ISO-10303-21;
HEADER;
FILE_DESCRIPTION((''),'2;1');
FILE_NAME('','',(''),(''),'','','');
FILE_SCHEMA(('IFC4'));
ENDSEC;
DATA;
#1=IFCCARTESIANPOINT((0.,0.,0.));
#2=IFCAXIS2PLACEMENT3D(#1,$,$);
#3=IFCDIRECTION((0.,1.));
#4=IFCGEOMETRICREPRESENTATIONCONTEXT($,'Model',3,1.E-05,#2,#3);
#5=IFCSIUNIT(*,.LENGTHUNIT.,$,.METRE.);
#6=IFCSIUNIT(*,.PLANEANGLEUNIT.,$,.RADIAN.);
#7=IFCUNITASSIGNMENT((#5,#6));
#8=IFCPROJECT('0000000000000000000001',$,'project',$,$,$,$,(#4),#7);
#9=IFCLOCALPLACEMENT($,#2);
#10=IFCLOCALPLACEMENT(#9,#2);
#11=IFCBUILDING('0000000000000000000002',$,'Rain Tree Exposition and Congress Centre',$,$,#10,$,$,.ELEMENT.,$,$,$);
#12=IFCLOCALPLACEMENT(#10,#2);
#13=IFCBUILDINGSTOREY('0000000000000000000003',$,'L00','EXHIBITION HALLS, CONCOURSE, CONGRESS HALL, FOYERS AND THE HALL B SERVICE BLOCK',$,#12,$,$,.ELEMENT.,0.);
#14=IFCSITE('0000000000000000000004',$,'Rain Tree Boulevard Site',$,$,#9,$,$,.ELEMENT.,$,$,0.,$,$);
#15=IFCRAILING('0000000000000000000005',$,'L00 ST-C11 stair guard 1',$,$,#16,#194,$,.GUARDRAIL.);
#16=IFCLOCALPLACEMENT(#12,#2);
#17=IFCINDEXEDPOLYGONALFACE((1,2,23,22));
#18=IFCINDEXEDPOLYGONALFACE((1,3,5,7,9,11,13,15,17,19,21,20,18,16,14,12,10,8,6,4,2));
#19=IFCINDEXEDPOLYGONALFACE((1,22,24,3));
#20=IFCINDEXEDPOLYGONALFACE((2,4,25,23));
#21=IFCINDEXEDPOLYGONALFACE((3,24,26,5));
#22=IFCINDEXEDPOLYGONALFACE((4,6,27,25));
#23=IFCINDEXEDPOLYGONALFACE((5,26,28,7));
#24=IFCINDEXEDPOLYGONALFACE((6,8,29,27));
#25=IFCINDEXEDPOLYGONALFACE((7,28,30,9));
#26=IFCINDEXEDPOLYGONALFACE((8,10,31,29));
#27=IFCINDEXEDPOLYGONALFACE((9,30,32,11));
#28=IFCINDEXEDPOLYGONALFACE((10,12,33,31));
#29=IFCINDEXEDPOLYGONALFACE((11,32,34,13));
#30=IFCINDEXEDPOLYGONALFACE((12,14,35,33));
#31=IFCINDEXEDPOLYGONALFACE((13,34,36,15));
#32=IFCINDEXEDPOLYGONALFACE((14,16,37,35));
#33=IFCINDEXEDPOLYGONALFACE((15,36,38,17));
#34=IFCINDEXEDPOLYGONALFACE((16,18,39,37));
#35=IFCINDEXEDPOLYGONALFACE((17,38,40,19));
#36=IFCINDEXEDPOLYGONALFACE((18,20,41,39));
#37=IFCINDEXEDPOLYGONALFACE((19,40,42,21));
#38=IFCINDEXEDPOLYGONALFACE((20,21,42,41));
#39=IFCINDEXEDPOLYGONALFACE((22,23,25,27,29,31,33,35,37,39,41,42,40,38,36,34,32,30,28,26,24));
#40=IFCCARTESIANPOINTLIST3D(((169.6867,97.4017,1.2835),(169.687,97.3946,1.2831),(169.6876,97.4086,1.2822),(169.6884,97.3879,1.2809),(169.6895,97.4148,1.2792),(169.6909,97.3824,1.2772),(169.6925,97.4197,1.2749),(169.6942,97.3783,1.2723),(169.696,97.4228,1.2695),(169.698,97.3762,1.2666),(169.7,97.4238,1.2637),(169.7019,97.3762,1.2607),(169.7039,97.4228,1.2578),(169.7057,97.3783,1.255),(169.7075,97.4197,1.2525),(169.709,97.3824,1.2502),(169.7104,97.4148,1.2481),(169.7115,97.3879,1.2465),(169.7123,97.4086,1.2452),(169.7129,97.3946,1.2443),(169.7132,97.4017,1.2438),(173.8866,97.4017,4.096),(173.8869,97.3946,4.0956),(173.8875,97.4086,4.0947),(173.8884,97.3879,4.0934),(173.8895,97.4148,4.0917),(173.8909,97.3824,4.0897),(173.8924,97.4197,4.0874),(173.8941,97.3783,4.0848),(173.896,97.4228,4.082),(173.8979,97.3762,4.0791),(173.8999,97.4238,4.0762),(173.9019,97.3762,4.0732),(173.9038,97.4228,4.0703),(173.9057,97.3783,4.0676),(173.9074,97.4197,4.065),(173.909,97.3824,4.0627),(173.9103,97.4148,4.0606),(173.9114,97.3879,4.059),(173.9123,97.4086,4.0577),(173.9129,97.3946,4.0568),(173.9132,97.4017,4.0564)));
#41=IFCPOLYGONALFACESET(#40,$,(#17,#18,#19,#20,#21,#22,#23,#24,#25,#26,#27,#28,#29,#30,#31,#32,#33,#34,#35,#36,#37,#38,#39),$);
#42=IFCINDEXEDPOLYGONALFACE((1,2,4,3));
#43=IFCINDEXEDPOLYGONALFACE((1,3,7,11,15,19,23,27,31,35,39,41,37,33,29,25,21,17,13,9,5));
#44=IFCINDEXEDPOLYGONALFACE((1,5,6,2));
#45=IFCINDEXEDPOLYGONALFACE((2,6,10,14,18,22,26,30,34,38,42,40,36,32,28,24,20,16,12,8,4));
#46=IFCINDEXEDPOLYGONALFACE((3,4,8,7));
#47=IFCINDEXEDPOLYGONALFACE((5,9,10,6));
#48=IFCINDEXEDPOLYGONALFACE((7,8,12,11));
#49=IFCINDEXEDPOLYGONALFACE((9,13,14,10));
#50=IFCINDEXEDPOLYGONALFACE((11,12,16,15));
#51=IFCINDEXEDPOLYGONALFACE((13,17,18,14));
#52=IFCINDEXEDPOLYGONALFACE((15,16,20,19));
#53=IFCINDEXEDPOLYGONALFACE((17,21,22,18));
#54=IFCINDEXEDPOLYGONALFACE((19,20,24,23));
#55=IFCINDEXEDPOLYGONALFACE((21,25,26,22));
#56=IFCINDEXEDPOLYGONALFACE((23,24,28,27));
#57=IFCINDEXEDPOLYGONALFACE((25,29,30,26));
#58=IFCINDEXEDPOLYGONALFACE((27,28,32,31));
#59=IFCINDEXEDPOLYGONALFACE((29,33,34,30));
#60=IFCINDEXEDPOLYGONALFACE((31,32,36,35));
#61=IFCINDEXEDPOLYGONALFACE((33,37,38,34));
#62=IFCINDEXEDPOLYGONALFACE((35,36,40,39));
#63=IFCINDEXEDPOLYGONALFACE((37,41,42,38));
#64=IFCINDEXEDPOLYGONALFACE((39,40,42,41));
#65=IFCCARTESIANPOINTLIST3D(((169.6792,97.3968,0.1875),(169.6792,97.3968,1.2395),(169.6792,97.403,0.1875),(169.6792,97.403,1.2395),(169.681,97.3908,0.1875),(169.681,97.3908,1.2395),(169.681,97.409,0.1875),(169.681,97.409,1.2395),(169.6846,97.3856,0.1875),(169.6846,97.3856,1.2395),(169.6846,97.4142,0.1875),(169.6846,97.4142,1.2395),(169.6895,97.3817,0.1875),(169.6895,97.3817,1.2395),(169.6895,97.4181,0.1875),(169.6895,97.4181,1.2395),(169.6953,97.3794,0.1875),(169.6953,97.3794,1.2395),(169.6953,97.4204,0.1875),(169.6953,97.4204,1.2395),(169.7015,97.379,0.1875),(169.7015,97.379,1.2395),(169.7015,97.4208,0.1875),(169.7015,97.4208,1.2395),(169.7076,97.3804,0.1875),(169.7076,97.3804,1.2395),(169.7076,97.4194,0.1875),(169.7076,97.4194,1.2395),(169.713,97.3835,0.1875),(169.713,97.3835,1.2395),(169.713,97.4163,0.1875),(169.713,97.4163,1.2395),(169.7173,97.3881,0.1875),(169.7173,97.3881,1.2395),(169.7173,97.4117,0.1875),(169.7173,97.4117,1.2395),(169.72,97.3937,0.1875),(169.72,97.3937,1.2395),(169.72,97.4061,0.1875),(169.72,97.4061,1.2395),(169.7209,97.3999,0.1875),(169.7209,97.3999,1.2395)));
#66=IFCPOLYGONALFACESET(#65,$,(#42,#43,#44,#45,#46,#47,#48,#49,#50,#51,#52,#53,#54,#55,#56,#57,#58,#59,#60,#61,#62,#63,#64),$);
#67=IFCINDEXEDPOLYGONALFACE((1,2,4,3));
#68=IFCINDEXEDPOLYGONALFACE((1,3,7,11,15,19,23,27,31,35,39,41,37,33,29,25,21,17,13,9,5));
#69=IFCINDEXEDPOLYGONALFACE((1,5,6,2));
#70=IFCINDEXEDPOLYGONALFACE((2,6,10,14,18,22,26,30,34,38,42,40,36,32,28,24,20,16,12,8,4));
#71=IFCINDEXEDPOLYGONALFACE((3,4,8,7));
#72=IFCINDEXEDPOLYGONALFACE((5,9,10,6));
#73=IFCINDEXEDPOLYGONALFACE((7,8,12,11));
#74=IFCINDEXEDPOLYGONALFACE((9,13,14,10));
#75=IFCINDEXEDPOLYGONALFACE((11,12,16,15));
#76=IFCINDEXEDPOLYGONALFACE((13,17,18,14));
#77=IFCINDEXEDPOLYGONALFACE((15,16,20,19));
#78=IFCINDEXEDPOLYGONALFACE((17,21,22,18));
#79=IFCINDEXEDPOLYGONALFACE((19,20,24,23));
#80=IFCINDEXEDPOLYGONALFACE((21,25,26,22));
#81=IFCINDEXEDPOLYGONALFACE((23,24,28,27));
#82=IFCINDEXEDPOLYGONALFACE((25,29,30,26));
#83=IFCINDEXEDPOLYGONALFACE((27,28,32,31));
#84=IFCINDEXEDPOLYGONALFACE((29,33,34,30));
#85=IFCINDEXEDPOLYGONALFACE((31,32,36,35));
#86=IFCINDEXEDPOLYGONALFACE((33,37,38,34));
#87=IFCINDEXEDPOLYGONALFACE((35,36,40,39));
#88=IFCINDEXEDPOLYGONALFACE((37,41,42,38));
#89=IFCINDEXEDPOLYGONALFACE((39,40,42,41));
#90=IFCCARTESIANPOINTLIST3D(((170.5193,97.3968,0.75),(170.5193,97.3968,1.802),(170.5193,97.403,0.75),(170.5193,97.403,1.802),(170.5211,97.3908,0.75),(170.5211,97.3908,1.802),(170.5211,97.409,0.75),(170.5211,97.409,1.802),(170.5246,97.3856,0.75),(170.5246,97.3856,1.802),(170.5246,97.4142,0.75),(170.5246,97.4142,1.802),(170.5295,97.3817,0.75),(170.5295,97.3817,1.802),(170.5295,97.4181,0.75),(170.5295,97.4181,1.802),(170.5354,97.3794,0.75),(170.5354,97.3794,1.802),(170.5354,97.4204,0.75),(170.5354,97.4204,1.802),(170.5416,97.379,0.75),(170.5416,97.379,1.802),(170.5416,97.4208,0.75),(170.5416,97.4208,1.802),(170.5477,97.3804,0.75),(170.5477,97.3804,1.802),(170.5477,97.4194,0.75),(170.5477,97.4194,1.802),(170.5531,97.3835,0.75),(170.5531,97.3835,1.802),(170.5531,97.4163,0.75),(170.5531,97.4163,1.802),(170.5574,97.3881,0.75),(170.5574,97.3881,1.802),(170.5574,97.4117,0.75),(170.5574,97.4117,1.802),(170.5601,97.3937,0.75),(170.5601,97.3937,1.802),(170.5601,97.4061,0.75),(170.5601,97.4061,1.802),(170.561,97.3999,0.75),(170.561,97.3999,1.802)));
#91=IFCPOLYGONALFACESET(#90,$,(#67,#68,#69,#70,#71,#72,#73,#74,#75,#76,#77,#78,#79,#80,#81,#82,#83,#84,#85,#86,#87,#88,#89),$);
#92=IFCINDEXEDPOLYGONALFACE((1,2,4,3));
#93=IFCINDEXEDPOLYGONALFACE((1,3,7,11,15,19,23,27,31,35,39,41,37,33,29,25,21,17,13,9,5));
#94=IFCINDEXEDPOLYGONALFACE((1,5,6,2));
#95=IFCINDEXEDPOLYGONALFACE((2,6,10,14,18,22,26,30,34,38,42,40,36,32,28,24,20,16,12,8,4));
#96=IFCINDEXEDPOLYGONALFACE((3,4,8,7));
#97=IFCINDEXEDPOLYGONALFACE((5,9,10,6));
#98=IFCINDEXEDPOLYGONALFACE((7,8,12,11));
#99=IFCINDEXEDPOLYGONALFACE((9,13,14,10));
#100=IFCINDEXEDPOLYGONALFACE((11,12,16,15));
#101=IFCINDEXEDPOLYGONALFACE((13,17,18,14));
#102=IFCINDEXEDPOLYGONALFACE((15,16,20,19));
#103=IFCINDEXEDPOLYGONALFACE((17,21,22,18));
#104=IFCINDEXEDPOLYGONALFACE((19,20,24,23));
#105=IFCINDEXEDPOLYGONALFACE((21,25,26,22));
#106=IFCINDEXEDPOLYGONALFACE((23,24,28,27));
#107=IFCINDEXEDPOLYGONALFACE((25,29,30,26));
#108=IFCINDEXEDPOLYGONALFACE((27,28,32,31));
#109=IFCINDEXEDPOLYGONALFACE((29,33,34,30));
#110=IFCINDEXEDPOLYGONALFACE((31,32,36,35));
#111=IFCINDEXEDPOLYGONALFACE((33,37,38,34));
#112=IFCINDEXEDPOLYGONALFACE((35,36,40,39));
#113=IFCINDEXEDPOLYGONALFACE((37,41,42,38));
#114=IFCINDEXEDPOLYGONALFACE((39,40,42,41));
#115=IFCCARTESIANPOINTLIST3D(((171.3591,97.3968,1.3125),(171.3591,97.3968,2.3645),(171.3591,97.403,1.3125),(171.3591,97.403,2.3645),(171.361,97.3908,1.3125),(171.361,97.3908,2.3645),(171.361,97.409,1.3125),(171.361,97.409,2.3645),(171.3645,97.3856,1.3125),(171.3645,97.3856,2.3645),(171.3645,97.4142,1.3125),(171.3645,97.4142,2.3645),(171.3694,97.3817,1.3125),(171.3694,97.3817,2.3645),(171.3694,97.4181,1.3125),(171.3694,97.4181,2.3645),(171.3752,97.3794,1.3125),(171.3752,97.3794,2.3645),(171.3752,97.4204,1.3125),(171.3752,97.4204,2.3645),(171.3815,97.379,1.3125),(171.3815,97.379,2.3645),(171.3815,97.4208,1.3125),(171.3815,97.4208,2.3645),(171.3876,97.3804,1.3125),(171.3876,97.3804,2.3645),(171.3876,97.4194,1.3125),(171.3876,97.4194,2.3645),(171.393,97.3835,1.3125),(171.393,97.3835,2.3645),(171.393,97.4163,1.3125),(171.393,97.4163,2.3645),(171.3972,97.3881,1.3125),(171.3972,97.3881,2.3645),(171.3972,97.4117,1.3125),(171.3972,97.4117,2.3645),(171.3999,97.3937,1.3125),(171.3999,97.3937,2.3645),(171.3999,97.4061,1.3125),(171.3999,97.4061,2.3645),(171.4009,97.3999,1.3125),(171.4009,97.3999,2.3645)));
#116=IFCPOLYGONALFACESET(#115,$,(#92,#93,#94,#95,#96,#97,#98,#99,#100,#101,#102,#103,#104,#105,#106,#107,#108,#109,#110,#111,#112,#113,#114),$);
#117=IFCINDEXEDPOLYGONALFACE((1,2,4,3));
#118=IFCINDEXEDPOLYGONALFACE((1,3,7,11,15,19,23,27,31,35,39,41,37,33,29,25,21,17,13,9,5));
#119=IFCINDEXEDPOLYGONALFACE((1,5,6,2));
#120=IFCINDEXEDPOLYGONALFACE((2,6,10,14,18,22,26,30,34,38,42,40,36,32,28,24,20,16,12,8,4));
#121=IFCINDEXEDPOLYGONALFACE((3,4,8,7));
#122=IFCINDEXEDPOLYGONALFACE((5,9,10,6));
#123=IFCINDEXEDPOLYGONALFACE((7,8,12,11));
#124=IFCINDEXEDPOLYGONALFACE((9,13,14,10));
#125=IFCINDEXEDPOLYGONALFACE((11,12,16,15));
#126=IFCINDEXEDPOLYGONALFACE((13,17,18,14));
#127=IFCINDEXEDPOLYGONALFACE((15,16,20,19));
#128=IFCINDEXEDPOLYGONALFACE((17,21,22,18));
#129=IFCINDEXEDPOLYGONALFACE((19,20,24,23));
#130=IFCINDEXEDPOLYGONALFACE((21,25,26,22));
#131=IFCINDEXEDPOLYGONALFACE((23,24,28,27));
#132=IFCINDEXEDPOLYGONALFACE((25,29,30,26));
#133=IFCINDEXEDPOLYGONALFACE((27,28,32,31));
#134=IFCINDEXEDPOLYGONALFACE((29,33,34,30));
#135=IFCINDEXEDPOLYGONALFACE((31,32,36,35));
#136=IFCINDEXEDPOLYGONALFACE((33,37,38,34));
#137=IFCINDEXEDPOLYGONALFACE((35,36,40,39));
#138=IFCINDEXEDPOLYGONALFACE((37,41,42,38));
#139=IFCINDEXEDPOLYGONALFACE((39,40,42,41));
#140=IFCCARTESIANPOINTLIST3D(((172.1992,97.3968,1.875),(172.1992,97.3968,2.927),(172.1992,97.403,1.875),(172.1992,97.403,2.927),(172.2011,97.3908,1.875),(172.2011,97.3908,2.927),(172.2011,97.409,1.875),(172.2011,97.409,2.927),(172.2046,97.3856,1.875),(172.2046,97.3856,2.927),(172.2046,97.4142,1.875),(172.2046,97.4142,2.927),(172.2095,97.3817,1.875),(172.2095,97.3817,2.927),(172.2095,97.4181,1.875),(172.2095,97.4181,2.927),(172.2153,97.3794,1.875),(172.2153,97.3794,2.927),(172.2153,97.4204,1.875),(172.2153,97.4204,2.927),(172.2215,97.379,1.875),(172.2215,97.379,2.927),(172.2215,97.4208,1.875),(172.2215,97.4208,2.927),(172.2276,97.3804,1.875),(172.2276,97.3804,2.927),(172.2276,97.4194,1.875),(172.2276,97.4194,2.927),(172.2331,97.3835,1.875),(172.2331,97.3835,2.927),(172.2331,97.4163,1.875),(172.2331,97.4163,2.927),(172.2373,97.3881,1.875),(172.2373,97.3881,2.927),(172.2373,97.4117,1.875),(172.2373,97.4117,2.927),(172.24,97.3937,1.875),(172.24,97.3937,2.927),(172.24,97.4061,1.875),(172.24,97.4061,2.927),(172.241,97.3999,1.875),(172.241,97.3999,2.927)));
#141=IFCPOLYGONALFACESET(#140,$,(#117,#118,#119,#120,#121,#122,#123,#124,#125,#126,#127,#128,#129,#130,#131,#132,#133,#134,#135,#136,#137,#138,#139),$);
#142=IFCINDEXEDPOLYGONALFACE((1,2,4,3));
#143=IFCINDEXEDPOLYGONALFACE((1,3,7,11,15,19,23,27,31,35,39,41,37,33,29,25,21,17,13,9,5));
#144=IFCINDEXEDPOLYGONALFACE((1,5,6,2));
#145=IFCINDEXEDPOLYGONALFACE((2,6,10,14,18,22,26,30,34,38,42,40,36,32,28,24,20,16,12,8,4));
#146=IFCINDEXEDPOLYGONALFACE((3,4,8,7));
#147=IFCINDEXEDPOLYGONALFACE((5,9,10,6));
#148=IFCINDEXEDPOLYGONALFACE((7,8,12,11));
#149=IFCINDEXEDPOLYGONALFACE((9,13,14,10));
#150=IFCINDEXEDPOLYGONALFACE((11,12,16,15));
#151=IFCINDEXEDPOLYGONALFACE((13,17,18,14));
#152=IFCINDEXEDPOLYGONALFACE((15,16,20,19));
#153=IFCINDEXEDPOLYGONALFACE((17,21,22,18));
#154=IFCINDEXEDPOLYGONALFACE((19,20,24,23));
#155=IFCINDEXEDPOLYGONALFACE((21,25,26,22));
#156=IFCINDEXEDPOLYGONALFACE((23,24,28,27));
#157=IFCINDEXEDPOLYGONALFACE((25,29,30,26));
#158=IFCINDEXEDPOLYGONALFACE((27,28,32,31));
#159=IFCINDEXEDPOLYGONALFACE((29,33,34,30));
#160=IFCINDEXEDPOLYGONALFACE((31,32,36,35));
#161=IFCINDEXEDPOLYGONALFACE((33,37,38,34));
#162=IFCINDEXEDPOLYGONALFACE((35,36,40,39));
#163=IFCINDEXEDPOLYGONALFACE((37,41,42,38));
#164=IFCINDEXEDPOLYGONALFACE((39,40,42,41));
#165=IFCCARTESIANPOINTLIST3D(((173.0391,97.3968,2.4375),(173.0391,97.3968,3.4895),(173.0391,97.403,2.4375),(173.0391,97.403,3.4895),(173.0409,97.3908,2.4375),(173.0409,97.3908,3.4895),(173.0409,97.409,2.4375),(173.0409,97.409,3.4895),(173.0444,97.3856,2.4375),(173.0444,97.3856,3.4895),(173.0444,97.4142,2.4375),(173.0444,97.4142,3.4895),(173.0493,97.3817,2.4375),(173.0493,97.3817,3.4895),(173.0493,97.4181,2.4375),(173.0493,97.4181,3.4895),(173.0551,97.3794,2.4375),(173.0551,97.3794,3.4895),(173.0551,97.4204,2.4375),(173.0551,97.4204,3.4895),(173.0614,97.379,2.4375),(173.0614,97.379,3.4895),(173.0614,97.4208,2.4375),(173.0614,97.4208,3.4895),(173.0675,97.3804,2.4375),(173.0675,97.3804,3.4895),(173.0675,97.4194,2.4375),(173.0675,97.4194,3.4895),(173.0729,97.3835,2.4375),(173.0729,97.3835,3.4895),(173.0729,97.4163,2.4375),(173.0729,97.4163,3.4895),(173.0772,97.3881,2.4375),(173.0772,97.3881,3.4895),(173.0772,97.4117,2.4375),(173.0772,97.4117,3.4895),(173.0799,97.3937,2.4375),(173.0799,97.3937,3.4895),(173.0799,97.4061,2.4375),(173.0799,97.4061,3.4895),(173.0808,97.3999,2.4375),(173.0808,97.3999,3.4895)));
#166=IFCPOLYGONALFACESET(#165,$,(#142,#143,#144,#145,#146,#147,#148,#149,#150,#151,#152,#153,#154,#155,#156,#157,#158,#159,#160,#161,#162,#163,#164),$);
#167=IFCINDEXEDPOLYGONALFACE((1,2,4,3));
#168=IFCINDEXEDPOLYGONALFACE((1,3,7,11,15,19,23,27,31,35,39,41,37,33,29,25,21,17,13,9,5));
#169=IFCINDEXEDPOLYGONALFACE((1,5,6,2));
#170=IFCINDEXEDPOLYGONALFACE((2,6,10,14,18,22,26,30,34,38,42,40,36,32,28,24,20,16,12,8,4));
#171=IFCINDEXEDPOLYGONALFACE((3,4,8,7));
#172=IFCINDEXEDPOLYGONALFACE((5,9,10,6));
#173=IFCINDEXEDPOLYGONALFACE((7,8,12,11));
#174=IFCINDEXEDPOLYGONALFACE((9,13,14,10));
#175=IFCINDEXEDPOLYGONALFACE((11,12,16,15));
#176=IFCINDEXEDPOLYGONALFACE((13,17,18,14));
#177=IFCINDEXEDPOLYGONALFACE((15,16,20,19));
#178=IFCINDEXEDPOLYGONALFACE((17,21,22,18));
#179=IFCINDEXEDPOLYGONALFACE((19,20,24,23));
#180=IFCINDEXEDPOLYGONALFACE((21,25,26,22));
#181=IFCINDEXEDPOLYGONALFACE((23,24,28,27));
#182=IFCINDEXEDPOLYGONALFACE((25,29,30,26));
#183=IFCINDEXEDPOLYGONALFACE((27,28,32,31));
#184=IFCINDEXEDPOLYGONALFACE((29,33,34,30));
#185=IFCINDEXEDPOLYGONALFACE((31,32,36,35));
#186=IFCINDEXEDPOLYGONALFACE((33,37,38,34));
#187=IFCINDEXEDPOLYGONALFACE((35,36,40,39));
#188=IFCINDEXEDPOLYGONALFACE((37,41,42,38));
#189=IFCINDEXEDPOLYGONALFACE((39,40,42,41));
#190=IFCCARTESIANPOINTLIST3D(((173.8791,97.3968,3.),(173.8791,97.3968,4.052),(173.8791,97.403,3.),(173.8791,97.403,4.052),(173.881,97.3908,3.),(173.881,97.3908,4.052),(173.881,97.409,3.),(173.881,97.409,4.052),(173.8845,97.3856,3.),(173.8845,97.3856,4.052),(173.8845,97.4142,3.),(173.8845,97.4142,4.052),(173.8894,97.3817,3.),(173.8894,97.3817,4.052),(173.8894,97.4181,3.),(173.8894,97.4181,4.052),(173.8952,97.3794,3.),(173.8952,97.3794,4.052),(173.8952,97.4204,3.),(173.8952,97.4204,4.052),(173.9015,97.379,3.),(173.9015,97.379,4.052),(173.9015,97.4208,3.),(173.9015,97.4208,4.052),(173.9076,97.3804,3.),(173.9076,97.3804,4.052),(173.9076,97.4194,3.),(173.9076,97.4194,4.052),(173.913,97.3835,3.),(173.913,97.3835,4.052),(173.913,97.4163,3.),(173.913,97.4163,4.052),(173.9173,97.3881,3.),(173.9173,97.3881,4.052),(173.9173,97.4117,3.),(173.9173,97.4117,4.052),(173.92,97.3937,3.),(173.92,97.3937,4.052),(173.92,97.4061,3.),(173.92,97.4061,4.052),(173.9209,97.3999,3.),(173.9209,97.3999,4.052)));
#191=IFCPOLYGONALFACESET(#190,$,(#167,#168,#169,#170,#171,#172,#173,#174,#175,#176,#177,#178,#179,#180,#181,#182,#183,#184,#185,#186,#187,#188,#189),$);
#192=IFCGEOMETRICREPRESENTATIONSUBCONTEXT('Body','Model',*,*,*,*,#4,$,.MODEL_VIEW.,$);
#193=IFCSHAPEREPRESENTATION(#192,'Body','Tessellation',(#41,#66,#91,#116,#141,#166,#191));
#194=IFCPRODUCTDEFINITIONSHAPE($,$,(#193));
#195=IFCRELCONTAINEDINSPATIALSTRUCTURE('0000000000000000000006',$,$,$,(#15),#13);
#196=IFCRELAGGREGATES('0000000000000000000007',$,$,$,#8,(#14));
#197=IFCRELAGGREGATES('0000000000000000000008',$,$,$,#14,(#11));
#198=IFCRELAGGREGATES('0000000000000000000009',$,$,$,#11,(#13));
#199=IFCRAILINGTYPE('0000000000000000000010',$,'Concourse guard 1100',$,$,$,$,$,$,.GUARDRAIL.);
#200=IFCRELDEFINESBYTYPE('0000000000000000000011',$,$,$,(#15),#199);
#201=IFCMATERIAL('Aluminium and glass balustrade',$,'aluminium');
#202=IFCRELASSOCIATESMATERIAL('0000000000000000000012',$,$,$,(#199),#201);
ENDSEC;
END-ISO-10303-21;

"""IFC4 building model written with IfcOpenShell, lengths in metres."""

from ifc_helpers import new_model, si_unit, direction, frame, origin, origin_2d, place, context, subcontext, project, spatial, circle, extrude, material, type_object, element, save


model = new_model("IFC4")

# Units and contexts
model_context = context("Model", 3, precision=1e-05, world=origin(), true_north=direction((0.0, 1.0)))
body_context = subcontext(model_context, "Body", "Model", "MODEL_VIEW")
ifc_project = project(units=[si_unit("LENGTHUNIT", "METRE"), si_unit("PLANEANGLEUNIT", "RADIAN")], contexts=[model_context])

# Site, building, storey
site_placement = place(None, origin())
site = spatial("IfcSite", under=ifc_project, at=site_placement, Name="Rain Tree Boulevard Site", CompositionType="ELEMENT", RefElevation=0.0)
building_placement = place(site_placement, origin())
building = spatial("IfcBuilding", under=site, at=building_placement, Name="Rain Tree Exposition and Congress Centre", CompositionType="ELEMENT")
storey_placement = place(building_placement, origin())
storey = spatial("IfcBuildingStorey", under=building, at=storey_placement, Name="L00", Description="EXHIBITION HALLS, CONCOURSE, CONGRESS HALL, FOYERS AND THE HALL B SERVICE BLOCK", CompositionType="ELEMENT", Elevation=0.0)

# Railing
ifc_material_1 = material(Name="Aluminium and glass balustrade", Category="aluminium")
railing_type_1 = type_object("IfcRailingType", Name="Concourse guard 1100", PredefinedType="GUARDRAIL", material=ifc_material_1)
railing_1_placement = place(storey_placement, frame((169.7, 97.3999, 0.1875)))
element("IfcRailing", 1, at=railing_1_placement, inside=storey, type_object=railing_type_1, Name="L00 ST-C11 stair guard 1", PredefinedType="GUARDRAIL", context=body_context, shape_type="SweptSolid", body=[
    extrude(circle(Radius=0.0239, at=origin_2d()), frame((0.0, 0.0, 1.0762), z_axis=(0.830904, 0.0, 0.556416), x_axis=(0.0, 1.0, 0.0)), (0.0, 0.0, 1.0), 5.0547),
    extrude(circle(Radius=0.021, at=origin_2d()), origin(), (0.0, 0.0, 1.0), 1.052),
    extrude(circle(Radius=0.021, at=origin_2d()), frame((0.8401, 0.0, 0.5625)), (0.0, 0.0, 1.0), 1.052),
    extrude(circle(Radius=0.021, at=origin_2d()), frame((1.6799, 0.0, 1.125)), (0.0, 0.0, 1.0), 1.052),
    extrude(circle(Radius=0.021, at=origin_2d()), frame((2.52, 0.0, 1.6875)), (0.0, 0.0, 1.0), 1.052),
    extrude(circle(Radius=0.021, at=origin_2d()), frame((3.3599, 0.0, 2.25)), (0.0, 0.0, 1.0), 1.052),
    extrude(circle(Radius=0.021, at=origin_2d()), frame((4.2, 0.0, 2.8125)), (0.0, 0.0, 1.0), 1.052),
])

save(model, "model.ifc")
